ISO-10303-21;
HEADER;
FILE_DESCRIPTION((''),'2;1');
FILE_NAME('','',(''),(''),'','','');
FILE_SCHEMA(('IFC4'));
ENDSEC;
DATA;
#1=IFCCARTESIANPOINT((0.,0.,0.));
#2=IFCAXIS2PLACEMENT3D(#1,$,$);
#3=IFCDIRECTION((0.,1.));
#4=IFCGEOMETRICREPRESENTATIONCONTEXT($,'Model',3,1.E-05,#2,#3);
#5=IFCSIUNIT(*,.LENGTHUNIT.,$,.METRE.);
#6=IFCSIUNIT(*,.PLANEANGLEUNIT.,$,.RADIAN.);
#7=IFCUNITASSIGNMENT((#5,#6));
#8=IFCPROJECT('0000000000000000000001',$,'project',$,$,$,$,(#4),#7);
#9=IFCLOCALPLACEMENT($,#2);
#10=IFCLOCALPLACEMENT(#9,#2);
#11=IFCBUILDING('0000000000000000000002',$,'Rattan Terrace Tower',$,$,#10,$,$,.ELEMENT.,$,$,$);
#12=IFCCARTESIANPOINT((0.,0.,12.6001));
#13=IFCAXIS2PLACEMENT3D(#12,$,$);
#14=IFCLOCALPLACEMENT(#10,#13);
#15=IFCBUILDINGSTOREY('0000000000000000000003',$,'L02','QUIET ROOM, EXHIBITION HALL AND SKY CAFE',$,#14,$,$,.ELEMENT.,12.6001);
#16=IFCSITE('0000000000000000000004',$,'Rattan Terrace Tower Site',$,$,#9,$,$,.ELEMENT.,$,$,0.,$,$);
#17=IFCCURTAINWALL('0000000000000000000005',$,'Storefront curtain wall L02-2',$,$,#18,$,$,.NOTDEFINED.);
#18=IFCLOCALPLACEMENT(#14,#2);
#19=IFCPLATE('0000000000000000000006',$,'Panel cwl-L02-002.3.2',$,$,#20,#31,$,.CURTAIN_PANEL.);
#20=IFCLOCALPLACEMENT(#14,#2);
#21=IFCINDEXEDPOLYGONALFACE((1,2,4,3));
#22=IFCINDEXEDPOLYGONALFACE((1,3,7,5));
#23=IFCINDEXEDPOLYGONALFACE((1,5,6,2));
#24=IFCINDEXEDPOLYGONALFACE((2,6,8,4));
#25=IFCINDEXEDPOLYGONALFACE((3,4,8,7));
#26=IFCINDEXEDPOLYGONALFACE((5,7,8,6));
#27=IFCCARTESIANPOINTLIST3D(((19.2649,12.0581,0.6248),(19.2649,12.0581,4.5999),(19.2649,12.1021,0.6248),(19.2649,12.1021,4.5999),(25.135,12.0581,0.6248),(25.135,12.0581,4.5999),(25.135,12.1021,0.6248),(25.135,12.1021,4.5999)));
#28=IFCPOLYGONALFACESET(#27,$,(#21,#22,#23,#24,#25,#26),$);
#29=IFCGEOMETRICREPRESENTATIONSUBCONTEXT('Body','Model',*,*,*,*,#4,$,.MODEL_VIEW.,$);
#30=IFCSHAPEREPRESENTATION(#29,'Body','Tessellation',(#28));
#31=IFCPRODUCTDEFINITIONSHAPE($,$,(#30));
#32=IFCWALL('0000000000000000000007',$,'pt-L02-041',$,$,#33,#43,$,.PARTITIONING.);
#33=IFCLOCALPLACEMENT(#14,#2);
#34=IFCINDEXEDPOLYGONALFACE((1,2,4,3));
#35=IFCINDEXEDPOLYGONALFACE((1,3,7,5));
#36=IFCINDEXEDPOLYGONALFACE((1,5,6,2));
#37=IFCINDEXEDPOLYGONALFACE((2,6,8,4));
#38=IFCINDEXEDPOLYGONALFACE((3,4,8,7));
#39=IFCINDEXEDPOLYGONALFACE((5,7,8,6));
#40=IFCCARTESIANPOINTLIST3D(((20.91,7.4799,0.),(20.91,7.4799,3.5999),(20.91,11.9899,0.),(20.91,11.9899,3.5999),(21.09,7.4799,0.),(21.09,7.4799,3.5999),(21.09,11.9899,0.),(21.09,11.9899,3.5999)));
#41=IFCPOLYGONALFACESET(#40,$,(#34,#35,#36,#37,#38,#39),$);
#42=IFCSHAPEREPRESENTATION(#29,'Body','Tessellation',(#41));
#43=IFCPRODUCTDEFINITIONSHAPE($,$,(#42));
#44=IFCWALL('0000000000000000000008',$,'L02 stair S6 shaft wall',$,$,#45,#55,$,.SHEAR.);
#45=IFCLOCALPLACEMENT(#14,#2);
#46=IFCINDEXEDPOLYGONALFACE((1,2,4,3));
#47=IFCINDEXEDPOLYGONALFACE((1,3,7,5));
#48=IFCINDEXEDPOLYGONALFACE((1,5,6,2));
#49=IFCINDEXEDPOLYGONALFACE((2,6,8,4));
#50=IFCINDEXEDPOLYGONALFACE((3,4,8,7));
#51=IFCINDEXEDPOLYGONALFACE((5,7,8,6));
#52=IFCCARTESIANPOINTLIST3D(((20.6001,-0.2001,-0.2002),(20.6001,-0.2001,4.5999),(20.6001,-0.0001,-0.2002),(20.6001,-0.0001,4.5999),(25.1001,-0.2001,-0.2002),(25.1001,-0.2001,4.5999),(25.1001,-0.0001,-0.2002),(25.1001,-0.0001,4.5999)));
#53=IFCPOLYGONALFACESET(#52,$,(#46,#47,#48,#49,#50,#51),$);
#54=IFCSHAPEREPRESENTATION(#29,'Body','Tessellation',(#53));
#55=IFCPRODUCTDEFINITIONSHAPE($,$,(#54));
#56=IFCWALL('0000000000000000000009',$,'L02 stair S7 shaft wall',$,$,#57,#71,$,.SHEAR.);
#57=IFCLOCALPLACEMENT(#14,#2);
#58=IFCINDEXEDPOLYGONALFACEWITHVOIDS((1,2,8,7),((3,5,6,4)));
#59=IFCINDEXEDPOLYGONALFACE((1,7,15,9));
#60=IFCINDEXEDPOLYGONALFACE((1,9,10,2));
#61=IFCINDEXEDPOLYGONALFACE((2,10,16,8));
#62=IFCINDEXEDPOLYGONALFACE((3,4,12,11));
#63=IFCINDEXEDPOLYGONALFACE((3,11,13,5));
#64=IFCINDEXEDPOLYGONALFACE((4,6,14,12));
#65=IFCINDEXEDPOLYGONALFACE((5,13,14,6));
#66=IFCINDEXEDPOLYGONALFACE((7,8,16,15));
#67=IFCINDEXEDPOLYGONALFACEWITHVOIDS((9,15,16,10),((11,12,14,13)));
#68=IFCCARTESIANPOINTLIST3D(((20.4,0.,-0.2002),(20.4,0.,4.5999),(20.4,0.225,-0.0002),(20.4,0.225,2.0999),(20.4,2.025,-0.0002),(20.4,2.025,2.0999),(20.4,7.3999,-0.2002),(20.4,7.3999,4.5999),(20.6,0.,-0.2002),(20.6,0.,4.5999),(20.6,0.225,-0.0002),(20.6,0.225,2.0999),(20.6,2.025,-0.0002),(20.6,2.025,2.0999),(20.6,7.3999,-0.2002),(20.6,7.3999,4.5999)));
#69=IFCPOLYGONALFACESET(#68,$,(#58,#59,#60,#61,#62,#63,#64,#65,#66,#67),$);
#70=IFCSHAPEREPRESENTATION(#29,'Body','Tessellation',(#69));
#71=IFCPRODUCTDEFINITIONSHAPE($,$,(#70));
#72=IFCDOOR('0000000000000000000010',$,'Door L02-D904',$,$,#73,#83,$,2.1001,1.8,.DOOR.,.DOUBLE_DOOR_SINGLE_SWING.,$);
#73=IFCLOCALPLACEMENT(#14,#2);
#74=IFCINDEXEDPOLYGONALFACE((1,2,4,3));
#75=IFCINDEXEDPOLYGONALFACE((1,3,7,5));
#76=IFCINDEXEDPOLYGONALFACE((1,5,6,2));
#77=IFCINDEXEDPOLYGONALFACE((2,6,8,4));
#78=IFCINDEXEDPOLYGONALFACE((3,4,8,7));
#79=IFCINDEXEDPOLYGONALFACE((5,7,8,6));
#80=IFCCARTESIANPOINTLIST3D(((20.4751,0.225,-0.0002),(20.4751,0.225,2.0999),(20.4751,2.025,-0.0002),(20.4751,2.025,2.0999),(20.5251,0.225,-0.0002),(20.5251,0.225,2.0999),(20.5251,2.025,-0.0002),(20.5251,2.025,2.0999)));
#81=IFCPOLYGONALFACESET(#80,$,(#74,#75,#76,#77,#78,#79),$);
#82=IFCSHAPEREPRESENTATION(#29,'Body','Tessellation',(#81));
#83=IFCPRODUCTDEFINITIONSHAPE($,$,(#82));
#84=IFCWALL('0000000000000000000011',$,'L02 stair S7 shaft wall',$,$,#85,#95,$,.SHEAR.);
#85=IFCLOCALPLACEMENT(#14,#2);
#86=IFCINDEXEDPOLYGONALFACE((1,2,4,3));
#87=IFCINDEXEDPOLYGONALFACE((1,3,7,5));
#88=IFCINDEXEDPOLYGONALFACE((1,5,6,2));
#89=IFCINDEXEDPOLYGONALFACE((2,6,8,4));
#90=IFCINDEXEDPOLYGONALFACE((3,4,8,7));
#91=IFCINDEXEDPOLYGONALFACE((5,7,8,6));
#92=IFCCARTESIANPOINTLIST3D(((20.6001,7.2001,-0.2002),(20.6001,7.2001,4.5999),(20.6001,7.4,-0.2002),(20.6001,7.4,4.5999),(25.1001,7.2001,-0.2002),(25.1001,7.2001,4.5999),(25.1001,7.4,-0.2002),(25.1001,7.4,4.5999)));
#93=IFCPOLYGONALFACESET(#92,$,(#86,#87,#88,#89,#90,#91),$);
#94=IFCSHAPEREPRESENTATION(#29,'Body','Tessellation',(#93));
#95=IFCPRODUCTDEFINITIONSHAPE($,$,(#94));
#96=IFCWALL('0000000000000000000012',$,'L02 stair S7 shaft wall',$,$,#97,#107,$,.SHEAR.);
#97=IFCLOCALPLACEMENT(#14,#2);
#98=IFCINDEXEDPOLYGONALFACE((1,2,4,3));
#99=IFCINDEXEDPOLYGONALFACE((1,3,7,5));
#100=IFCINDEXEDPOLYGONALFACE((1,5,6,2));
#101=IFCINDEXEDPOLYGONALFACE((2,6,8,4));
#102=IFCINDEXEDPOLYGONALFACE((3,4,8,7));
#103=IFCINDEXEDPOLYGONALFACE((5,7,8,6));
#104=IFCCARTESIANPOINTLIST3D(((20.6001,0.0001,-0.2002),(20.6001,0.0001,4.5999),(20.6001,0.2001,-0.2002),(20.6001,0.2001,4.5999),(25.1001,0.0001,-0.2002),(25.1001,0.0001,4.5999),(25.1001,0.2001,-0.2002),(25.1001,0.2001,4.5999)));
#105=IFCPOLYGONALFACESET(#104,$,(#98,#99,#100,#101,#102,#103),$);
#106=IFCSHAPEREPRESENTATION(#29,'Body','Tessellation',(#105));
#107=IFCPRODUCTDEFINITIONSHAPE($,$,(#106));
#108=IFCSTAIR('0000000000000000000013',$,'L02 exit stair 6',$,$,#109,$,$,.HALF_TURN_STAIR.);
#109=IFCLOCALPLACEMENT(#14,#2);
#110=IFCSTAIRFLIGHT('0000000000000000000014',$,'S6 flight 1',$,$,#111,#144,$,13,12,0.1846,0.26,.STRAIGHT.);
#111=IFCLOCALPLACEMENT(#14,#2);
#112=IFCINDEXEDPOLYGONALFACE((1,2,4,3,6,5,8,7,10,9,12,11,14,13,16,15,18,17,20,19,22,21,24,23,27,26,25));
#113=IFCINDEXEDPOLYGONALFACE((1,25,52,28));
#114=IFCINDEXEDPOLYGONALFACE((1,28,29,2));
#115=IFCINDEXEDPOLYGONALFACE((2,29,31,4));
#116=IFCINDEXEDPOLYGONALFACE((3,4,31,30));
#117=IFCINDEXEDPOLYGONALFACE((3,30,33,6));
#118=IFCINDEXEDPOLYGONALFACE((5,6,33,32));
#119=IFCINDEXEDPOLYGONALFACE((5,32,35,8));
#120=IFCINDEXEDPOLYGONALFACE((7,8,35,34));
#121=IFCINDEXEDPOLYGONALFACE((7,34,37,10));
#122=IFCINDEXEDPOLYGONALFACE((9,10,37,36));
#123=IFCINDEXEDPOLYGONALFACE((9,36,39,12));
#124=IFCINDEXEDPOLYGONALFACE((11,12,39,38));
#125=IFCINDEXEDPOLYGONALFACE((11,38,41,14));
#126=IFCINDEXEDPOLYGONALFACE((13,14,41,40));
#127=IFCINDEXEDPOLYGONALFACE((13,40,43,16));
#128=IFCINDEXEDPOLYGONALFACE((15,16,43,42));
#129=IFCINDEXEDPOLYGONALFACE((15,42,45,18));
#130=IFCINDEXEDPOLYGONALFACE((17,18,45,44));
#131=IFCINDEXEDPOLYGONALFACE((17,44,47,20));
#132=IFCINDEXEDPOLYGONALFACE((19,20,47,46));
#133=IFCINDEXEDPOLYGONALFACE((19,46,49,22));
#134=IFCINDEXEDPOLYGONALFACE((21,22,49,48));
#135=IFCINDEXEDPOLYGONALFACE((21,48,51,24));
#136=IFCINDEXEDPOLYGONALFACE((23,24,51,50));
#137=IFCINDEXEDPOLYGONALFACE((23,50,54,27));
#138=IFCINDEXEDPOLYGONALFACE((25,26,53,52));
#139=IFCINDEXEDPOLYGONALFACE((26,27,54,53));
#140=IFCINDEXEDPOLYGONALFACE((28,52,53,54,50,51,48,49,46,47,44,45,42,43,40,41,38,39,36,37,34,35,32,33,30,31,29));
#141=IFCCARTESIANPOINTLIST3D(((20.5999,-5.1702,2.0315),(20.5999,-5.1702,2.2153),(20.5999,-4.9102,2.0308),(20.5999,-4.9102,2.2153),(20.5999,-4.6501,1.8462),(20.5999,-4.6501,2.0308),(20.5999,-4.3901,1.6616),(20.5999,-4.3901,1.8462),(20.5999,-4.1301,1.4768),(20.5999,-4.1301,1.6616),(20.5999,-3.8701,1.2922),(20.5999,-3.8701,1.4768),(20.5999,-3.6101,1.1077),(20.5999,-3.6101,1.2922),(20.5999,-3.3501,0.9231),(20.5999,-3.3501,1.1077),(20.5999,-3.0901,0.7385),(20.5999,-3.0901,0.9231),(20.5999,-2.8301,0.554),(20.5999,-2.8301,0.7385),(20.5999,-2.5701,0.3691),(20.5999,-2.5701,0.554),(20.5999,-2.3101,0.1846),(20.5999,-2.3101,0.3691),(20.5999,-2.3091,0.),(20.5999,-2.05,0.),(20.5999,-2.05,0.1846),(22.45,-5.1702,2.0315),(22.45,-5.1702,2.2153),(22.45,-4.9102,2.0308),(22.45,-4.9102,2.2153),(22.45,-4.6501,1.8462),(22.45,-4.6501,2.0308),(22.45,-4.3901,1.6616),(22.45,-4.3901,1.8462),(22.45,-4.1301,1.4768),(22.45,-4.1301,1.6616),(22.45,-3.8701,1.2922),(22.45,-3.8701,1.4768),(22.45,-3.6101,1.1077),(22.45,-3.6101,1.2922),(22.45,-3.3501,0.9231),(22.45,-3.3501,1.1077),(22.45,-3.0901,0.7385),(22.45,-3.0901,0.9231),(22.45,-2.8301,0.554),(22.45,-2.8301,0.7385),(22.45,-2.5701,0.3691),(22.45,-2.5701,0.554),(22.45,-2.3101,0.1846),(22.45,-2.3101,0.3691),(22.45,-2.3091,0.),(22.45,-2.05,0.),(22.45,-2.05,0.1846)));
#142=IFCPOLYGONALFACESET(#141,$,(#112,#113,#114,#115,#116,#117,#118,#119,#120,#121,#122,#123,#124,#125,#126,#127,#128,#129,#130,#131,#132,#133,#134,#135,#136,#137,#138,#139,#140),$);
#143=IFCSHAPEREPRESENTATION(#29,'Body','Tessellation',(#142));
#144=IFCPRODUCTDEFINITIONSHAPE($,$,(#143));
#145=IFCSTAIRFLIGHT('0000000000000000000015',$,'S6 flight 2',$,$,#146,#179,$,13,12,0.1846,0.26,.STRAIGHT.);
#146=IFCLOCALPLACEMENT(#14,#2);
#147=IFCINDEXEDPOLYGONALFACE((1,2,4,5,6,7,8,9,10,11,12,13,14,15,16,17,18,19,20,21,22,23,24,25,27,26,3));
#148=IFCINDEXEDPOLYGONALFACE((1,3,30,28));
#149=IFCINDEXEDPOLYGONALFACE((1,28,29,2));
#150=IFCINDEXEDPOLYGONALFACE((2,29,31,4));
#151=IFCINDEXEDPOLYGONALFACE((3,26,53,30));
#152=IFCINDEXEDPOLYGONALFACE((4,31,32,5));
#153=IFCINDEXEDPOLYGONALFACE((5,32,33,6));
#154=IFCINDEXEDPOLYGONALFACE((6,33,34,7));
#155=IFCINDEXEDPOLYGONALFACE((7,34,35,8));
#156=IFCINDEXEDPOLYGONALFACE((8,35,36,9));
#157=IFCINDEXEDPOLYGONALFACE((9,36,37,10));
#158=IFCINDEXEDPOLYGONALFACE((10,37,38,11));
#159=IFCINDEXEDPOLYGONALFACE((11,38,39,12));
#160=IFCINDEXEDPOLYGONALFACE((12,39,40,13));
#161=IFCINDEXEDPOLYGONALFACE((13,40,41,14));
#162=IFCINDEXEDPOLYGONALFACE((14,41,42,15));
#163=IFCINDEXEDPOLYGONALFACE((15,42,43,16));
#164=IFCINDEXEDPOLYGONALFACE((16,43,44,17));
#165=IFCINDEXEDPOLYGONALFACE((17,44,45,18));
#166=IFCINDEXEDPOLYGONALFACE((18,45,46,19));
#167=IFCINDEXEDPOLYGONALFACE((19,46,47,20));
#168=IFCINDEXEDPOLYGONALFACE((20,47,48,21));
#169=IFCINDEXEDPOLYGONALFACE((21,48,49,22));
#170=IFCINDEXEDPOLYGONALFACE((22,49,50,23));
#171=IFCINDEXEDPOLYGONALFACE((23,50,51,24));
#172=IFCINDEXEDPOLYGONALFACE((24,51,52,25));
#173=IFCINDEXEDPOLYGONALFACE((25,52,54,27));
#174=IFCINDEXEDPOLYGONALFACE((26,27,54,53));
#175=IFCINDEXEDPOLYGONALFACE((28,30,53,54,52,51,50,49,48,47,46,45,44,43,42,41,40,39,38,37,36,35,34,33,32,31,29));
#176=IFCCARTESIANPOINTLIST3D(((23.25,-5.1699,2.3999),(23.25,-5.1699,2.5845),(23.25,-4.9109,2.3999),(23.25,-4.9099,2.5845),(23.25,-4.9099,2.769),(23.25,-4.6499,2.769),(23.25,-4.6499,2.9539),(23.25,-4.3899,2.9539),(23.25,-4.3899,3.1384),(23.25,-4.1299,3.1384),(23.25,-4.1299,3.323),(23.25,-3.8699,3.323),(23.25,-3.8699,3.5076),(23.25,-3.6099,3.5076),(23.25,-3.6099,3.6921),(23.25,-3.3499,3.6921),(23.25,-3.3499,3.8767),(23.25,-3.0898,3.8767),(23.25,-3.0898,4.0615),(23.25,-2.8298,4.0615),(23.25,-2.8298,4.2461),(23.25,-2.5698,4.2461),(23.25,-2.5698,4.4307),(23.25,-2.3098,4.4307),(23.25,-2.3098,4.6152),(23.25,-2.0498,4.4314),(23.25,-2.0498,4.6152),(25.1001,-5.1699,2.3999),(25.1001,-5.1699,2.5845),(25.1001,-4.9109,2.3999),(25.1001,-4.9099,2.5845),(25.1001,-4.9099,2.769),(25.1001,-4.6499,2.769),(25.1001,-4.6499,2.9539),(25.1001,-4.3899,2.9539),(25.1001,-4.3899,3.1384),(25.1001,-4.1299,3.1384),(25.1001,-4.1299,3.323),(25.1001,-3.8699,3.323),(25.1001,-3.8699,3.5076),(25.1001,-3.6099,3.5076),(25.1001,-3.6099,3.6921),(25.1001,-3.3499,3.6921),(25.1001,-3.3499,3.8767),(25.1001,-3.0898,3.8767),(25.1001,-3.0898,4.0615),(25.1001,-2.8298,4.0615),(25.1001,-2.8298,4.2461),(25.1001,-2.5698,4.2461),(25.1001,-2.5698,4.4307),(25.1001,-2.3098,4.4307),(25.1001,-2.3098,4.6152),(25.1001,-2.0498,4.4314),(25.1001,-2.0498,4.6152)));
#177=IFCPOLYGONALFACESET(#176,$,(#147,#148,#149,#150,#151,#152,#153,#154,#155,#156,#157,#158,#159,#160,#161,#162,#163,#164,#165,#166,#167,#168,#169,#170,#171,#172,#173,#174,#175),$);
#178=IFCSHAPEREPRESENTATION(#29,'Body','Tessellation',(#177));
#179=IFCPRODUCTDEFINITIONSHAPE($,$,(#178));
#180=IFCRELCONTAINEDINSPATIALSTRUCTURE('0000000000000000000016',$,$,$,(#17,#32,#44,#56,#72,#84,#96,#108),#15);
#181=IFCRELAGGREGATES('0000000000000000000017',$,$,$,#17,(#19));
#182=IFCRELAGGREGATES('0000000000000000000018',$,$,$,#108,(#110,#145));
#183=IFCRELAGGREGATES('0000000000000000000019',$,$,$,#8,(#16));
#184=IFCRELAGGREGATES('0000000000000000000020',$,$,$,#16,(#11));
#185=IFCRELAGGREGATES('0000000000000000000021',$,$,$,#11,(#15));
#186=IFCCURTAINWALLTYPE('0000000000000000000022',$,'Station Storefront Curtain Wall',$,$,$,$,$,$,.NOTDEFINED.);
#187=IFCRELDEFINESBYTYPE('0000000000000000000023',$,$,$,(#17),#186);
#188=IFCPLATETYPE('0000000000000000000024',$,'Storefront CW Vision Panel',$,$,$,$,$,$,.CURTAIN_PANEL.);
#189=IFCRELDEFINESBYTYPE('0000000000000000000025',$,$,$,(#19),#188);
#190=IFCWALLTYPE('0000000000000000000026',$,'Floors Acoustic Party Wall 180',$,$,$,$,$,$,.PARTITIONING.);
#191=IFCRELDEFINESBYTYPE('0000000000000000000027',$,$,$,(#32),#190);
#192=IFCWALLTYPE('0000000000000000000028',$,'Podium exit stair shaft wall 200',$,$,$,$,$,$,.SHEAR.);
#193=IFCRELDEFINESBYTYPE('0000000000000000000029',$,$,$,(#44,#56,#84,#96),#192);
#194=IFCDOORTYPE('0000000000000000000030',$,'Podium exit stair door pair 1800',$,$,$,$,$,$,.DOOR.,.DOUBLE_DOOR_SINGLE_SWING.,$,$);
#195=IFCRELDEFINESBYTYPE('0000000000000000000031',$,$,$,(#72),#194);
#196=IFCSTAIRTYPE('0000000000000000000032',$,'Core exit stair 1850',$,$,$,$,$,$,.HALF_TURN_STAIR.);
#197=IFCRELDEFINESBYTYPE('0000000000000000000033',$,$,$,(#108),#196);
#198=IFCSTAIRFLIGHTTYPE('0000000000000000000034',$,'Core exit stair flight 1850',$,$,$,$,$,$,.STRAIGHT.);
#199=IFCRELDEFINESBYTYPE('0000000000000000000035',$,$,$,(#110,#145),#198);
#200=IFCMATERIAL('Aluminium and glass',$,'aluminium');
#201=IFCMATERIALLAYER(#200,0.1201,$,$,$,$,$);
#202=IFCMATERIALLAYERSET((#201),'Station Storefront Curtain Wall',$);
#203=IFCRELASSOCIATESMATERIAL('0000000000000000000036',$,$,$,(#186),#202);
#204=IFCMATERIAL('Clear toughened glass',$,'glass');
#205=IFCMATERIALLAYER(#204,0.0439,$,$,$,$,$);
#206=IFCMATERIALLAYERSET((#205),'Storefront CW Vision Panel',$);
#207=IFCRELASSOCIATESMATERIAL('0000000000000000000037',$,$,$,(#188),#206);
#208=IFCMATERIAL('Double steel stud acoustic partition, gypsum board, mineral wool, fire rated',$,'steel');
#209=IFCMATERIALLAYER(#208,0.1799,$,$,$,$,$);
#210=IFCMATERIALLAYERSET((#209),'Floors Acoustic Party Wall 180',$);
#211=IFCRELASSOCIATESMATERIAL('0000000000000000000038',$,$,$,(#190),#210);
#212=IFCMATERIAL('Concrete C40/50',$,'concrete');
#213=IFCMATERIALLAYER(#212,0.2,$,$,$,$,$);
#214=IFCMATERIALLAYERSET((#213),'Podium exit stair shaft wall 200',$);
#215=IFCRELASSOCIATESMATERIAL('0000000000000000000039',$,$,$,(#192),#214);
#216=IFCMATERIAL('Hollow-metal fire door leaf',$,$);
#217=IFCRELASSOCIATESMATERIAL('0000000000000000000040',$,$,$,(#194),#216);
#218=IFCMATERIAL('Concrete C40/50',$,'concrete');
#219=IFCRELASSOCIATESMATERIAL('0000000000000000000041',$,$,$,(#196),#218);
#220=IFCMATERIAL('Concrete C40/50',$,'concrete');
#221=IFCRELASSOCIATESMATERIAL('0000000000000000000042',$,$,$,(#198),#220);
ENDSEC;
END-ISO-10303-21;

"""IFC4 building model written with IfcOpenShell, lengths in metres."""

from ifc_helpers import new_model, si_unit, direction, frame, frame_2d, origin, origin_2d, place, context, subcontext, project, spatial, polyline, rectangle, outline, extrude, material, layer, layer_set, type_object, element, fill, aggregate, save


model = new_model("IFC4")

# Units and contexts
model_context = context("Model", 3, precision=1e-05, world=origin(), true_north=direction((0.0, 1.0)))
body_context = subcontext(model_context, "Body", "Model", "MODEL_VIEW")
ifc_project = project(units=[si_unit("LENGTHUNIT", "METRE"), si_unit("PLANEANGLEUNIT", "RADIAN")], contexts=[model_context])

# Site, building, storey
site_placement = place(None, origin())
site = spatial("IfcSite", under=ifc_project, at=site_placement, Name="Rattan Terrace Tower Site", CompositionType="ELEMENT", RefElevation=0.0)
building_placement = place(site_placement, origin())
building = spatial("IfcBuilding", under=site, at=building_placement, Name="Rattan Terrace Tower", CompositionType="ELEMENT")
storey_placement = place(building_placement, frame((0.0, 0.0, 12.6001)))
storey = spatial("IfcBuildingStorey", under=building, at=storey_placement, Name="L02", Description="QUIET ROOM, EXHIBITION HALL AND SKY CAFE", CompositionType="ELEMENT", Elevation=12.6001)

# Curtain wall, plate
ifc_material_1 = material(Name="Aluminium and glass", Category="aluminium")
ifc_layer_1 = layer(ifc_material_1, 0.1201)
ifc_layer_set_1 = layer_set([ifc_layer_1], Name="Station Storefront Curtain Wall")
curtain_wall_type = type_object("IfcCurtainWallType", Name="Station Storefront Curtain Wall", PredefinedType="NOTDEFINED", material=ifc_layer_set_1)
curtain_wall_placement = place(storey_placement, origin())
curtain_wall = element("IfcCurtainWall", 1, at=curtain_wall_placement, inside=storey, type_object=curtain_wall_type, Name="Storefront curtain wall L02-2", PredefinedType="NOTDEFINED")
ifc_material_2 = material(Name="Clear toughened glass", Category="glass")
ifc_layer_2 = layer(ifc_material_2, 0.0439)
ifc_layer_set_2 = layer_set([ifc_layer_2], Name="Storefront CW Vision Panel")
plate_type_1 = type_object("IfcPlateType", Name="Storefront CW Vision Panel", PredefinedType="CURTAIN_PANEL", material=ifc_layer_set_2)
plate_1_placement = place(storey_placement, frame((22.2, 12.0801, 0.6248), z_axis=(0.0, 0.0, 1.0), x_axis=(-1.0, 0.0, 0.0)))
plate_1 = element("IfcPlate", 2, at=plate_1_placement, type_object=plate_type_1, Name="Panel cwl-L02-002.3.2", PredefinedType="CURTAIN_PANEL", context=body_context, shape_type="SweptSolid", body=[
    extrude(rectangle(XDim=5.8701, YDim=0.0439, at=origin_2d()), origin(), (0.0, 0.0, 1.0), 3.9751),
])
aggregate(curtain_wall, [plate_1])

# Walls
ifc_material_3 = material(Name="Double steel stud acoustic partition, gypsum board, mineral wool, fire rated", Category="steel")
ifc_layer_3 = layer(ifc_material_3, 0.1799)
ifc_layer_set_3 = layer_set([ifc_layer_3], Name="Floors Acoustic Party Wall 180")
wall_type_1 = type_object("IfcWallType", Name="Floors Acoustic Party Wall 180", PredefinedType="PARTITIONING", material=ifc_layer_set_3)
wall_1_placement = place(storey_placement, frame((21.0, 7.48, 0.0), z_axis=(0.0, 0.0, 1.0), x_axis=(0.0, 1.0, 0.0)))
element("IfcWall", 3, at=wall_1_placement, inside=storey, type_object=wall_type_1, Name="pt-L02-041", PredefinedType="PARTITIONING", context=body_context, shape_type="SweptSolid", body=[
    extrude(rectangle(XDim=4.51, YDim=0.1799, at=frame_2d((2.2549, 0.0))), origin(), (0.0, 0.0, 1.0), 3.5999),
])
ifc_material_4 = material(Name="Concrete C40/50", Category="concrete")
ifc_layer_4 = layer(ifc_material_4, 0.2)
ifc_layer_set_4 = layer_set([ifc_layer_4], Name="Podium exit stair shaft wall 200")
wall_type_2 = type_object("IfcWallType", Name="Podium exit stair shaft wall 200", PredefinedType="SHEAR", material=ifc_layer_set_4)
wall_2_placement = place(storey_placement, frame((20.6001, -0.1001, -0.2002), z_axis=(0.0, 0.0, 1.0), x_axis=(1.0, 0.0, 0.0)))
element("IfcWall", 4, at=wall_2_placement, inside=storey, type_object=wall_type_2, Name="L02 stair S6 shaft wall", PredefinedType="SHEAR", context=body_context, shape_type="SweptSolid", body=[
    extrude(rectangle(XDim=4.5, YDim=0.2, at=frame_2d((2.25, 0.0))), origin(), (0.0, 0.0, 1.0), 4.8),
])

# Wall, opening, door
wall_3_placement = place(storey_placement, frame((20.5, 0.0, -0.2002), z_axis=(0.0, 0.0, 1.0), x_axis=(0.0, 1.0, 0.0)))
wall_3 = element("IfcWall", 5, at=wall_3_placement, inside=storey, type_object=wall_type_2, Name="L02 stair S7 shaft wall", PredefinedType="SHEAR", context=body_context, shape_type="SweptSolid", body=[
    extrude(rectangle(XDim=7.3999, YDim=0.2, at=frame_2d((3.7, 0.0))), origin(), (0.0, 0.0, 1.0), 4.8),
])
opening_placement = place(wall_3_placement, frame((0.2251, 0.0, 0.2)))
opening = element("IfcOpeningElement", 6, at=opening_placement, cuts=wall_3, PredefinedType="OPENING", context=body_context, shape_type="SweptSolid", body=[
    extrude(rectangle(XDim=1.8, YDim=2.1001, at=frame_2d((0.8999, 1.05))), frame((0.0, 0.1106, 0.0), z_axis=(0.0, -1.0, 0.0), x_axis=(1.0, 0.0, 0.0)), (0.0, 0.0, 1.0), 0.2209),
])
ifc_material_5 = material(Name="Hollow-metal fire door leaf")
door_type = type_object("IfcDoorType", Name="Podium exit stair door pair 1800", OperationType="DOUBLE_DOOR_SINGLE_SWING", PredefinedType="DOOR", material=ifc_material_5)
door_placement = place(opening_placement, origin())
door = element("IfcDoor", 7, at=door_placement, inside=storey, type_object=door_type, Name="Door L02-D904", OperationType="DOUBLE_DOOR_SINGLE_SWING", OverallHeight=2.1001, OverallWidth=1.8, PredefinedType="DOOR", context=body_context, shape_type="SweptSolid", body=[
    extrude(rectangle(XDim=1.8, YDim=2.1001, at=frame_2d((0.8999, 1.05))), frame((0.0, 0.0249, 0.0), z_axis=(0.0, -1.0, 0.0), x_axis=(1.0, 0.0, 0.0)), (0.0, 0.0, 1.0), 0.05),
])
fill(opening, door)

# Walls
for number, where, z_axis, x_axis, name in (
    (8, (20.6001, 7.3, -0.2002), (0.0, 0.0, 1.0), (1.0, 0.0, 0.0), "L02 stair S7 shaft wall"),
    (9, (20.6001, 0.1001, -0.2002), (0.0, 0.0, 1.0), (1.0, 0.0, 0.0), "L02 stair S7 shaft wall"),
):
    element("IfcWall", number, at=place(storey_placement, frame(where, z_axis=z_axis, x_axis=x_axis)), inside=storey, type_object=wall_type_2, Name=name, PredefinedType="SHEAR", context=body_context, shape_type="SweptSolid", body=[
        extrude(rectangle(XDim=4.5, YDim=0.2, at=frame_2d((2.25, 0.0))), origin(), (0.0, 0.0, 1.0), 4.8),
    ])

# Stair, stair flights
ifc_material_6 = material(Name="Concrete C40/50", Category="concrete")
stair_type = type_object("IfcStairType", Name="Core exit stair 1850", PredefinedType="HALF_TURN_STAIR", material=ifc_material_6)
stair_1_placement = place(storey_placement, origin())
stair_1 = element("IfcStair", 10, at=stair_1_placement, inside=storey, type_object=stair_type, Name="L02 exit stair 6", PredefinedType="HALF_TURN_STAIR")
ifc_material_7 = material(Name="Concrete C40/50", Category="concrete")
stair_flight_type = type_object("IfcStairFlightType", Name="Core exit stair flight 1850", PredefinedType="STRAIGHT", material=ifc_material_7)
stair_flight_1_placement = place(storey_placement, frame((21.5249, -2.05, 0.0), z_axis=(0.0, 0.0, 1.0), x_axis=(0.0, -1.0, 0.0)))
stair_flight_1 = element("IfcStairFlight", 11, at=stair_flight_1_placement, type_object=stair_flight_type, Name="S6 flight 1", NumberOfRisers=13, NumberOfTreads=12, PredefinedType="STRAIGHT", RiserHeight=0.1846, TreadLength=0.26, context=body_context, shape_type="SweptSolid", body=[
    extrude(outline(polyline([(0.0, 0.0), (0.0, 0.1846), (0.26, 0.1846), (0.26, 0.3691), (0.52, 0.3691), (0.52, 0.554), (0.78, 0.554), (0.78, 0.7385), (1.04, 0.7385), (1.04, 0.9231), (1.3, 0.9231), (1.3, 1.1077), (1.5601, 1.1077), (1.5601, 1.2922), (1.8201, 1.2922), (1.8201, 1.4768), (2.0801, 1.4768), (2.0801, 1.6616), (2.3401, 1.6616), (2.3401, 1.8462), (2.6001, 1.8462), (2.6001, 2.0308), (2.8601, 2.0308), (2.8601, 2.2153), (3.1201, 2.2153), (3.1201, 2.3999), (3.1201, 2.0315), (0.259, 0.0), (0.0, 0.0)])), frame((0.0, 0.925, 0.0), z_axis=(0.0, -1.0, 0.0), x_axis=(1.0, 0.0, 0.0)), (0.0, 0.0, 1.0), 1.8501),
])
stair_flight_2_placement = place(storey_placement, frame((24.175, -5.1699, 2.3999), z_axis=(0.0, 0.0, 1.0), x_axis=(0.0, 1.0, 0.0)))
stair_flight_2 = element("IfcStairFlight", 12, at=stair_flight_2_placement, type_object=stair_flight_type, Name="S6 flight 2", NumberOfRisers=13, NumberOfTreads=12, PredefinedType="STRAIGHT", RiserHeight=0.1846, TreadLength=0.26, context=body_context, shape_type="SweptSolid", body=[
    extrude(outline(polyline([(0.0, 0.0), (0.0, 0.1846), (0.26, 0.1846), (0.26, 0.3691), (0.52, 0.3691), (0.52, 0.554), (0.78, 0.554), (0.78, 0.7385), (1.04, 0.7385), (1.04, 0.9231), (1.3, 0.9231), (1.3, 1.1077), (1.5601, 1.1077), (1.5601, 1.2922), (1.8201, 1.2922), (1.8201, 1.4768), (2.0801, 1.4768), (2.0801, 1.6616), (2.3401, 1.6616), (2.3401, 1.8462), (2.6001, 1.8462), (2.6001, 2.0308), (2.8601, 2.0308), (2.8601, 2.2153), (3.1201, 2.2153), (3.1201, 2.3999), (3.1201, 2.0315), (0.259, 0.0), (0.0, 0.0)])), frame((0.0, 0.925, 0.0), z_axis=(0.0, -1.0, 0.0), x_axis=(1.0, 0.0, 0.0)), (0.0, 0.0, 1.0), 1.8501),
])
aggregate(stair_1, [stair_flight_1, stair_flight_2])

save(model, "model.ifc")
